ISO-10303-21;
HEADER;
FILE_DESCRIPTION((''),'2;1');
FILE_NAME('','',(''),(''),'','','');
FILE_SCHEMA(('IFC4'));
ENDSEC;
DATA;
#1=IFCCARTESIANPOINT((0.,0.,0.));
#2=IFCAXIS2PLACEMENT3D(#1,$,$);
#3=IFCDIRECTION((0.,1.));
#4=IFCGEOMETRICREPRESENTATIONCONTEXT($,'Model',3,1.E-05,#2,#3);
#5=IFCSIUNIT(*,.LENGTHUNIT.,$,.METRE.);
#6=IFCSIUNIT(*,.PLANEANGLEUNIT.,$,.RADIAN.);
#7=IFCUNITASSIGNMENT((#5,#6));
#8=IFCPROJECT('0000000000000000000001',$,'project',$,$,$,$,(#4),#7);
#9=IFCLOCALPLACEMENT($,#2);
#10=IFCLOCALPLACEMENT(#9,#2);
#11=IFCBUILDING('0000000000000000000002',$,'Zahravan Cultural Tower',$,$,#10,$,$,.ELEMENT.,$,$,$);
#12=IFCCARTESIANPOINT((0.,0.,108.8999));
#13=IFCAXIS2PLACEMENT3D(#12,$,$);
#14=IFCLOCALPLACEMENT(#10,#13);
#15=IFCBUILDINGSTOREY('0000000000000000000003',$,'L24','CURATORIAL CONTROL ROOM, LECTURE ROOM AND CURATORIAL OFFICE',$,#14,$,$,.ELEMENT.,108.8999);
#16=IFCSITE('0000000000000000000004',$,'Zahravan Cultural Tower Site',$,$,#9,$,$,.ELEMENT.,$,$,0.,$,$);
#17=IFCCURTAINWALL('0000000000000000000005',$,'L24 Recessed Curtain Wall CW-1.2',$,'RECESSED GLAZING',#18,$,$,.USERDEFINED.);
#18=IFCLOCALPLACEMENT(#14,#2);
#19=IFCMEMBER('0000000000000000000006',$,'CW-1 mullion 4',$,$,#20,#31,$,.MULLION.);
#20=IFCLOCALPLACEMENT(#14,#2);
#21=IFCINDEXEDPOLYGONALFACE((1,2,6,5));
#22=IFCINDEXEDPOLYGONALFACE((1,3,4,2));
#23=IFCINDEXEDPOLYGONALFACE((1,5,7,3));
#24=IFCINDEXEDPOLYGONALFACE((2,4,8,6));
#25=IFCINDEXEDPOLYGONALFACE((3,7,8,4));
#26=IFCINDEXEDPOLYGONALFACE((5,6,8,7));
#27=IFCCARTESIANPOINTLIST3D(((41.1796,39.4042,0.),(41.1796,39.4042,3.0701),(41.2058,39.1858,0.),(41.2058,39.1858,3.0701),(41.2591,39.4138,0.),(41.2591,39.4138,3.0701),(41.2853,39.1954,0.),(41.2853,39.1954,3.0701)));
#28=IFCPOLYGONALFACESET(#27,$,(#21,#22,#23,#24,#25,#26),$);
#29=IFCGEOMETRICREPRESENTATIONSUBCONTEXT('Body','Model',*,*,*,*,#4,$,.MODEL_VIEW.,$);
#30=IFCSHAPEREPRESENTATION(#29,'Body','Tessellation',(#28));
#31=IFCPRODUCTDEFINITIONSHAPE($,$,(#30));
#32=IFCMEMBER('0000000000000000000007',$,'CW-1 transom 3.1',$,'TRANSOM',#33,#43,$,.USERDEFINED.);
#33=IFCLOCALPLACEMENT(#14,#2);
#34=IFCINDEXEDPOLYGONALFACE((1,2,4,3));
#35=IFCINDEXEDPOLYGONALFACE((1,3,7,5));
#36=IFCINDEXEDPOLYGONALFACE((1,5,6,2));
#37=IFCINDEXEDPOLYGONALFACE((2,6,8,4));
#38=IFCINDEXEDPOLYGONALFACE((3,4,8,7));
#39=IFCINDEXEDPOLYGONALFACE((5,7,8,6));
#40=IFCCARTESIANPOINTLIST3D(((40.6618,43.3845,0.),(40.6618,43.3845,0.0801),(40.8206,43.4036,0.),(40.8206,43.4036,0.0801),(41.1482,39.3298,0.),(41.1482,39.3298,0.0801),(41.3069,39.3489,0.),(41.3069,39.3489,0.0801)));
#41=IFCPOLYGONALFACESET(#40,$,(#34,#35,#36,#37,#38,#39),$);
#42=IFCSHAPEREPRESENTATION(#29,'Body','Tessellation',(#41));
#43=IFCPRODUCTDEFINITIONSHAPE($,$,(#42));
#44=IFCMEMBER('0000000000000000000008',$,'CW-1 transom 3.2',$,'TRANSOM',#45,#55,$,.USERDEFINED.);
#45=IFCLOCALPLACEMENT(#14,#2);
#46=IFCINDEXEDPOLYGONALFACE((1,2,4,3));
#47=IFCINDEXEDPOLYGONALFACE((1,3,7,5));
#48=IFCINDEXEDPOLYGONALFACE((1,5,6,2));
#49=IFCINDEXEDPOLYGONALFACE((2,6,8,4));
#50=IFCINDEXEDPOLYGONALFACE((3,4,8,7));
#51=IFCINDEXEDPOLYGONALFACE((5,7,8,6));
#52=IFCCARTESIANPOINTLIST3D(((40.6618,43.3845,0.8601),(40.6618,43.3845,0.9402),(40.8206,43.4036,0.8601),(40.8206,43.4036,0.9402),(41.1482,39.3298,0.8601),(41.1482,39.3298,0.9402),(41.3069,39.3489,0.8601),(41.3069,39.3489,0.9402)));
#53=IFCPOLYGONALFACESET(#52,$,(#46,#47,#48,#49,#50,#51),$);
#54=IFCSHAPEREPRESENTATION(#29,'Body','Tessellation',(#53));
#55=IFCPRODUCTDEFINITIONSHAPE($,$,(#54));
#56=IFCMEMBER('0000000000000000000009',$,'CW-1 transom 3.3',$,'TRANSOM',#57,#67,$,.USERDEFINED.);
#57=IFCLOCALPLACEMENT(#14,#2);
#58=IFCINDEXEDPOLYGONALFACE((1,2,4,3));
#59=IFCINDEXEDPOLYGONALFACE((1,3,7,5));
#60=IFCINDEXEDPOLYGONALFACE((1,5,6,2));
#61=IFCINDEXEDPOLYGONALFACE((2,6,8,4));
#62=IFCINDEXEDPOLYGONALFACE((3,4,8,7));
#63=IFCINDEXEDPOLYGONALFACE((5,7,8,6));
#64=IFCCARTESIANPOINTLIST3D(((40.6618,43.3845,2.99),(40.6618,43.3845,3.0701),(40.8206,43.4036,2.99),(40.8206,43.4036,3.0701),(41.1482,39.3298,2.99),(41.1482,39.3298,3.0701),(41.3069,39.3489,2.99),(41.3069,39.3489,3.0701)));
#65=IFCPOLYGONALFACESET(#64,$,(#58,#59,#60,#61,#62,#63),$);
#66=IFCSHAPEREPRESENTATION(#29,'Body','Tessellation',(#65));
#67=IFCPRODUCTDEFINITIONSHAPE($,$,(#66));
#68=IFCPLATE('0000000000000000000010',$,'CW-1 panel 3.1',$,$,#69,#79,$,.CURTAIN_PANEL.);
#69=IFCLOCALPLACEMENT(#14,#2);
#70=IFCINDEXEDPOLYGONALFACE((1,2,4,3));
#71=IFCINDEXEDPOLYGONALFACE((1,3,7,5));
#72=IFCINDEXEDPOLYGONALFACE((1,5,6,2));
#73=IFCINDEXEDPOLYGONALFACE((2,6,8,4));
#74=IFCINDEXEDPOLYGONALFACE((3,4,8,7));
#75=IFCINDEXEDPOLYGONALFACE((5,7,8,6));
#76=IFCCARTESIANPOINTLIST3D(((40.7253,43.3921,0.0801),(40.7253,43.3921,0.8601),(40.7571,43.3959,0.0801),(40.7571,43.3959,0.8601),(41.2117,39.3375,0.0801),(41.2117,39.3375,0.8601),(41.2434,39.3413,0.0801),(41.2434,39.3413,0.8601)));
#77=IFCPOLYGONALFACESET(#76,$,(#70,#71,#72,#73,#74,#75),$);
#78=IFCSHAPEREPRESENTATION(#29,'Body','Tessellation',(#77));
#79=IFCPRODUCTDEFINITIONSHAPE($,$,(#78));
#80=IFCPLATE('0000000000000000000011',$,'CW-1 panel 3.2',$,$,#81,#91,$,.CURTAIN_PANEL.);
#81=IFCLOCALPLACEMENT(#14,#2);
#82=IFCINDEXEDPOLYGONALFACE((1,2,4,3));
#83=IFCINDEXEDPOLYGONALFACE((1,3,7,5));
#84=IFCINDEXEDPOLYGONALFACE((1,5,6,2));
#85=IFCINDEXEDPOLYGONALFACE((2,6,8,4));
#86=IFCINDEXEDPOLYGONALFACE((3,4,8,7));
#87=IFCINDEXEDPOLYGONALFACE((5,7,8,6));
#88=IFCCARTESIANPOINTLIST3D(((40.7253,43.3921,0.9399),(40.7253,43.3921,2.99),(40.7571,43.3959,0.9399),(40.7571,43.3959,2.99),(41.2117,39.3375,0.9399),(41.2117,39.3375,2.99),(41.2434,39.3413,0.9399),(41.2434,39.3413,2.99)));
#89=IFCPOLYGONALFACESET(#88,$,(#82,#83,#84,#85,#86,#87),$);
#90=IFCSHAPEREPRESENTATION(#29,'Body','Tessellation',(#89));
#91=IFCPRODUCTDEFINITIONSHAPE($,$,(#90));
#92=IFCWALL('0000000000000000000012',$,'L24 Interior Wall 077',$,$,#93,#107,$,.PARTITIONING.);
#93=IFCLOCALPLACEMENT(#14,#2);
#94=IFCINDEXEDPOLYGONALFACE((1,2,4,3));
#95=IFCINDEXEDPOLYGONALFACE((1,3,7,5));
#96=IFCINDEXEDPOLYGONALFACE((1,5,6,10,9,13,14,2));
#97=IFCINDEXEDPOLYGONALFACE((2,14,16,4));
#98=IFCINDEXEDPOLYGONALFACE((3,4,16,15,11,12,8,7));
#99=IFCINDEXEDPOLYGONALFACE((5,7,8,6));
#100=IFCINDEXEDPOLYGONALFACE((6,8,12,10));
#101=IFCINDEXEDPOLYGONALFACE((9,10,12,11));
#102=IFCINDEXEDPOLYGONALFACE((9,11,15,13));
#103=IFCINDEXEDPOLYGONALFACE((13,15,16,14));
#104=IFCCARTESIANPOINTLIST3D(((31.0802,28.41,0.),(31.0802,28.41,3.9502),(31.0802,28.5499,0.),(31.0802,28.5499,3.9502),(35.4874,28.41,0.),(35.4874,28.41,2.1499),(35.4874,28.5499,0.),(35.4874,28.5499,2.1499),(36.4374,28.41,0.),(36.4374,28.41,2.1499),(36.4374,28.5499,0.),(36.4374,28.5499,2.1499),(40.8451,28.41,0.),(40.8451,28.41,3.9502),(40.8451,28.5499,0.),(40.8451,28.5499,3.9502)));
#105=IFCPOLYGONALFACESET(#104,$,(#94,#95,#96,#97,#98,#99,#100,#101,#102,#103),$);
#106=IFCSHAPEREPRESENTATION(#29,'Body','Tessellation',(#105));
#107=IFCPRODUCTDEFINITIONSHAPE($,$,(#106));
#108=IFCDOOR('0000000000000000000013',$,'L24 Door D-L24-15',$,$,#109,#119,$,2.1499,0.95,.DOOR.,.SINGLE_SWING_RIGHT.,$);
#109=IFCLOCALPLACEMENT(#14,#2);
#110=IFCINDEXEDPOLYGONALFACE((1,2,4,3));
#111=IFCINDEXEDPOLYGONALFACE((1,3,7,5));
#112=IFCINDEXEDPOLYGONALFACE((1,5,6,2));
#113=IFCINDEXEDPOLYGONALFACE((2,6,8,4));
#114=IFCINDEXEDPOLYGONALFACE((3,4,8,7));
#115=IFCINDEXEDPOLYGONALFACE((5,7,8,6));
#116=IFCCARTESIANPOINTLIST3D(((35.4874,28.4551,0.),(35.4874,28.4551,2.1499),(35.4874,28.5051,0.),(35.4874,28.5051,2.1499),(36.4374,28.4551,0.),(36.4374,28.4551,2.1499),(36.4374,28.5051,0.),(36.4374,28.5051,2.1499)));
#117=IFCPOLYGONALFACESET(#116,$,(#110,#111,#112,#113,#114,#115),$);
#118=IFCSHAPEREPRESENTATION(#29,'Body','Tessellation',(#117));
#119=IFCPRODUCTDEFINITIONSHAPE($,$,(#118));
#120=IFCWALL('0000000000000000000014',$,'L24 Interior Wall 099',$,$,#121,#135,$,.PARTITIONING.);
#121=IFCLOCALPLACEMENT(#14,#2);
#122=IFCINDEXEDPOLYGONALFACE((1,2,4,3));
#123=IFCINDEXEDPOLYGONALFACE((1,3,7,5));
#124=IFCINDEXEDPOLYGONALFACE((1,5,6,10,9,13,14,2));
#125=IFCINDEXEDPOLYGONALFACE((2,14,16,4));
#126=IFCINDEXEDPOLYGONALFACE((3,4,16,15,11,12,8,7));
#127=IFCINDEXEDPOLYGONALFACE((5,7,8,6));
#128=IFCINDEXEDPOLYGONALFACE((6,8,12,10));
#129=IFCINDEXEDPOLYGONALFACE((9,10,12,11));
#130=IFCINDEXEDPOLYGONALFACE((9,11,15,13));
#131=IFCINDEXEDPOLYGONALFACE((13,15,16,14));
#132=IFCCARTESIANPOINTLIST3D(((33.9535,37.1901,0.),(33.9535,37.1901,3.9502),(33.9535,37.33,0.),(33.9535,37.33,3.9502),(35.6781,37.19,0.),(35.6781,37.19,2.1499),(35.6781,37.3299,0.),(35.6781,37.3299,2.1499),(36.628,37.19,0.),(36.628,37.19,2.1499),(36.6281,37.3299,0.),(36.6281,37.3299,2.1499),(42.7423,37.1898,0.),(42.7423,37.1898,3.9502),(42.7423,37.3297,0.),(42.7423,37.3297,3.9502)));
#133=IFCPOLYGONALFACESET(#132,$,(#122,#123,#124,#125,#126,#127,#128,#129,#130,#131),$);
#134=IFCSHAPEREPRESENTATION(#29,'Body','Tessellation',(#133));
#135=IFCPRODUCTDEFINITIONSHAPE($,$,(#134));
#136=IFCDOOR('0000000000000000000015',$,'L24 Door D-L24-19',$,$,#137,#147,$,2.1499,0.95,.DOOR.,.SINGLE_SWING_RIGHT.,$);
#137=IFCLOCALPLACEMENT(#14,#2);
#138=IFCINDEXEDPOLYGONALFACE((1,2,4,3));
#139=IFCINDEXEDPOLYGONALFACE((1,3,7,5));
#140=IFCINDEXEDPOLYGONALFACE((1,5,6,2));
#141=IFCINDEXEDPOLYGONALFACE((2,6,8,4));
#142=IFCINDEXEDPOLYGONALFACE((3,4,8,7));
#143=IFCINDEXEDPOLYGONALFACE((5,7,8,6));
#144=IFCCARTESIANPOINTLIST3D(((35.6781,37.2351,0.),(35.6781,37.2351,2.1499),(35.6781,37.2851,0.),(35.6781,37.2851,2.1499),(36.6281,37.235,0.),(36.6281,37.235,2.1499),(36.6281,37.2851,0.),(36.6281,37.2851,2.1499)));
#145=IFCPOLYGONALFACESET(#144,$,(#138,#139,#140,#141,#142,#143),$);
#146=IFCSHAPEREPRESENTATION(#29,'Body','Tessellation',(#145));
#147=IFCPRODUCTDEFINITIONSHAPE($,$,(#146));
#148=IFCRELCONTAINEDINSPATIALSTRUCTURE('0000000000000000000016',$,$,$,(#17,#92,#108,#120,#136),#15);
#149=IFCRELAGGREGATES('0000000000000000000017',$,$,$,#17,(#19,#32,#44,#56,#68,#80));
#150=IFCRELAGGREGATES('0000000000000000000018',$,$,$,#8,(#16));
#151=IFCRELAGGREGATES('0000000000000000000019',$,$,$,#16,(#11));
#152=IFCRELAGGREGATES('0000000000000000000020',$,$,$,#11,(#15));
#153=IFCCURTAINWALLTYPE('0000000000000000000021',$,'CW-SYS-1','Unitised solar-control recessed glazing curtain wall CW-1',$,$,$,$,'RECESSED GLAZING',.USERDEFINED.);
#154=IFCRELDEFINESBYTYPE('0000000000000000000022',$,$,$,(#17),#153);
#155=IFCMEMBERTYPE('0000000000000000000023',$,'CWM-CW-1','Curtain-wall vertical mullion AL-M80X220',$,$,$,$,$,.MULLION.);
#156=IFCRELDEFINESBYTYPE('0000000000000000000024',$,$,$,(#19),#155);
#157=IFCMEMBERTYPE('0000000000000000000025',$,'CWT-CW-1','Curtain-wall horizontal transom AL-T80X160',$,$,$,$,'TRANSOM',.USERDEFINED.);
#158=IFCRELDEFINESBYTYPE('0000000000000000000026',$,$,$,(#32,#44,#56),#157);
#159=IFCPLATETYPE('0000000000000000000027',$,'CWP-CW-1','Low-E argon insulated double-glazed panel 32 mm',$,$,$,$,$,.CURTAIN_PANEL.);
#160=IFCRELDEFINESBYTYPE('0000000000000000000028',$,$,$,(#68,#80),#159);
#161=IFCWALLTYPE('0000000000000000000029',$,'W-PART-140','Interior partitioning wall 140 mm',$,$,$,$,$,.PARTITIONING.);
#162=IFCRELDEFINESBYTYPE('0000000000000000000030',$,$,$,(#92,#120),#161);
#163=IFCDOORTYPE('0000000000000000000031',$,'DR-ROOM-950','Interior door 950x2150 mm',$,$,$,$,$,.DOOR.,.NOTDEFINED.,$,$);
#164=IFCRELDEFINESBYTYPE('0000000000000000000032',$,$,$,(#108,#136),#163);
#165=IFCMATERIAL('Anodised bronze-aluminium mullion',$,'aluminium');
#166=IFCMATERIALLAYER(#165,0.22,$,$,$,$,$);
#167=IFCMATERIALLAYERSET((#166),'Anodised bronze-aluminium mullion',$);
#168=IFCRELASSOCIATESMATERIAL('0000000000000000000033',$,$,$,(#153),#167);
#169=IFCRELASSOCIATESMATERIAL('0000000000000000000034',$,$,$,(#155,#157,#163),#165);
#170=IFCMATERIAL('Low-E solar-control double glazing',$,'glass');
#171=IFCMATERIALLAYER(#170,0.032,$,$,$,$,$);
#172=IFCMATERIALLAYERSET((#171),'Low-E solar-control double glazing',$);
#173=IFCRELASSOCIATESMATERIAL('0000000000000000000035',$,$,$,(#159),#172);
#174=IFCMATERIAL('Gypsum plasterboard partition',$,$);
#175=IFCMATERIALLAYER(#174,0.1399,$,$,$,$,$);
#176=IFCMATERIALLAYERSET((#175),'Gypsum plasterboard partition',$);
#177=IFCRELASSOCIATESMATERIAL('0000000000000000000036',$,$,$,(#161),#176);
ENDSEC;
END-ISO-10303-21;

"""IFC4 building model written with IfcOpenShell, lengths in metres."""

from ifc_helpers import new_model, si_unit, direction, frame, frame_2d, origin, origin_2d, place, context, subcontext, project, spatial, rectangle, extrude, source, transform, mapped, material, layer, layer_set, material_profile, profile_set, type_object, element, fill, aggregate, save


model = new_model("IFC4")

# Units and contexts
model_context = context("Model", 3, precision=1e-05, world=origin(), true_north=direction((0.0, 1.0)))
body_context = subcontext(model_context, "Body", "Model", "MODEL_VIEW")
ifc_project = project(units=[si_unit("LENGTHUNIT", "METRE"), si_unit("PLANEANGLEUNIT", "RADIAN")], contexts=[model_context])

# Site, building, storey
site_placement = place(None, origin())
site = spatial("IfcSite", under=ifc_project, at=site_placement, Name="Zahravan Cultural Tower Site", CompositionType="ELEMENT", RefElevation=0.0)
building_placement = place(site_placement, origin())
building = spatial("IfcBuilding", under=site, at=building_placement, Name="Zahravan Cultural Tower", CompositionType="ELEMENT")
storey_placement = place(building_placement, frame((0.0, 0.0, 108.8999)))
storey = spatial("IfcBuildingStorey", under=building, at=storey_placement, Name="L24", Description="CURATORIAL CONTROL ROOM, LECTURE ROOM AND CURATORIAL OFFICE", CompositionType="ELEMENT", Elevation=108.8999)

# Curtain wall, members, plates
ifc_material_1 = material(Name="Anodised bronze-aluminium mullion", Category="aluminium")
ifc_layer_1 = layer(ifc_material_1, 0.22)
ifc_layer_set_1 = layer_set([ifc_layer_1], Name="Anodised bronze-aluminium mullion")
curtain_wall_type = type_object("IfcCurtainWallType", Name="CW-SYS-1", Description="Unitised solar-control recessed glazing curtain wall CW-1", ElementType="RECESSED GLAZING", PredefinedType="USERDEFINED", material=ifc_layer_set_1)
curtain_wall_placement = place(storey_placement, origin())
curtain_wall = element("IfcCurtainWall", 1, at=curtain_wall_placement, inside=storey, type_object=curtain_wall_type, Name="L24 Recessed Curtain Wall CW-1.2", ObjectType="RECESSED GLAZING", PredefinedType="USERDEFINED")
ifc_material_profile_1 = material_profile(ifc_material_1, rectangle(XDim=0.0801, YDim=0.22, at=origin_2d()), Name="AL-M80X220")
ifc_profile_set_1 = profile_set([ifc_material_profile_1], Name="Anodised bronze-aluminium mullion")
member_type_1 = type_object("IfcMemberType", Name="CWM-CW-1", Description="Curtain-wall vertical mullion AL-M80X220", PredefinedType="MULLION", material=ifc_profile_set_1)
shared_shape_1 = source(origin(), body_context, "Body", "SweptSolid", [
    extrude(rectangle(XDim=0.0801, YDim=0.22, at=origin_2d()), origin(), (0.0, 0.0, 1.0), 3.0701),
])
member_1_placement = place(storey_placement, frame((41.2324, 39.2998, 0.0), z_axis=(0.0, 0.0, 1.0), x_axis=(0.992883, 0.119095, 0.0)))
member_1 = element("IfcMember", 2, at=member_1_placement, type_object=member_type_1, Name="CW-1 mullion 4", PredefinedType="MULLION", context=body_context, shape_type="MappedRepresentation", body=[
    mapped(shared_shape_1, transform((0.0, 0.0, 0.0), x_axis=(1.0, 0.0, 0.0), y_axis=(0.0, 1.0, 0.0), z_axis=(0.0, 0.0, 1.0), scale=1.0)),
])
ifc_material_profile_2 = material_profile(ifc_material_1, rectangle(XDim=0.1599, YDim=0.0801, at=origin_2d()), Name="AL-T80X160")
ifc_profile_set_2 = profile_set([ifc_material_profile_2], Name="Anodised bronze-aluminium mullion")
member_type_2 = type_object("IfcMemberType", Name="CWT-CW-1", Description="Curtain-wall horizontal transom AL-T80X160", ElementType="TRANSOM", PredefinedType="USERDEFINED", material=ifc_profile_set_2)
shared_shape_2 = source(origin(), body_context, "Body", "SweptSolid", [
    extrude(rectangle(XDim=0.1599, YDim=0.0801, at=origin_2d()), origin(), (0.0, 0.0, 1.0), 4.0837),
])
member_2_placement = place(storey_placement, frame((40.7412, 43.394, 0.04), z_axis=(0.119089, -0.992884, 0.0), x_axis=(0.992884, 0.119089, 0.0)))
member_2 = element("IfcMember", 3, at=member_2_placement, type_object=member_type_2, Name="CW-1 transom 3.1", ObjectType="TRANSOM", PredefinedType="USERDEFINED", context=body_context, shape_type="MappedRepresentation", body=[
    mapped(shared_shape_2, transform((0.0, 0.0, 0.0), x_axis=(1.0, 0.0, 0.0), y_axis=(0.0, 1.0, 0.0), z_axis=(0.0, 0.0, 1.0), scale=1.0)),
])
member_3_placement = place(storey_placement, frame((40.7412, 43.394, 0.9001), z_axis=(0.119089, -0.992884, 0.0), x_axis=(0.992884, 0.119089, 0.0)))
member_3 = element("IfcMember", 4, at=member_3_placement, type_object=member_type_2, Name="CW-1 transom 3.2", ObjectType="TRANSOM", PredefinedType="USERDEFINED", context=body_context, shape_type="MappedRepresentation", body=[
    mapped(shared_shape_2, transform((0.0, 0.0, 0.0), x_axis=(1.0, 0.0, 0.0), y_axis=(0.0, 1.0, 0.0), z_axis=(0.0, 0.0, 1.0), scale=1.0)),
])
member_4_placement = place(storey_placement, frame((40.7412, 43.394, 3.03), z_axis=(0.119089, -0.992884, 0.0), x_axis=(0.992884, 0.119089, 0.0)))
member_4 = element("IfcMember", 5, at=member_4_placement, type_object=member_type_2, Name="CW-1 transom 3.3", ObjectType="TRANSOM", PredefinedType="USERDEFINED", context=body_context, shape_type="MappedRepresentation", body=[
    mapped(shared_shape_2, transform((0.0, 0.0, 0.0), x_axis=(1.0, 0.0, 0.0), y_axis=(0.0, 1.0, 0.0), z_axis=(0.0, 0.0, 1.0), scale=1.0)),
])
ifc_material_2 = material(Name="Low-E solar-control double glazing", Category="glass")
ifc_layer_2 = layer(ifc_material_2, 0.032)
ifc_layer_set_2 = layer_set([ifc_layer_2], Name="Low-E solar-control double glazing")
plate_type = type_object("IfcPlateType", Name="CWP-CW-1", Description="Low-E argon insulated double-glazed panel 32 mm", PredefinedType="CURTAIN_PANEL", material=ifc_layer_set_2)
shared_shape_3 = source(origin(), body_context, "Body", "SweptSolid", [
    extrude(rectangle(XDim=4.0837, YDim=0.032, at=origin_2d()), origin(), (0.0, 0.0, 1.0), 0.78),
])
plate_1_placement = place(storey_placement, frame((40.9844, 41.3667, 0.0801), z_axis=(0.0, 0.0, 1.0), x_axis=(0.119095, -0.992883, 0.0)))
plate_1 = element("IfcPlate", 6, at=plate_1_placement, type_object=plate_type, Name="CW-1 panel 3.1", PredefinedType="CURTAIN_PANEL", context=body_context, shape_type="MappedRepresentation", body=[
    mapped(shared_shape_3, transform((0.0, 0.0, 0.0), x_axis=(1.0, 0.0, 0.0), y_axis=(0.0, 1.0, 0.0), z_axis=(0.0, 0.0, 1.0), scale=1.0)),
])
shared_shape_4 = source(origin(), body_context, "Body", "SweptSolid", [
    extrude(rectangle(XDim=4.0837, YDim=0.032, at=origin_2d()), origin(), (0.0, 0.0, 1.0), 2.05),
])
plate_2_placement = place(storey_placement, frame((40.9844, 41.3667, 0.9399), z_axis=(0.0, 0.0, 1.0), x_axis=(0.119095, -0.992883, 0.0)))
plate_2 = element("IfcPlate", 7, at=plate_2_placement, type_object=plate_type, Name="CW-1 panel 3.2", PredefinedType="CURTAIN_PANEL", context=body_context, shape_type="MappedRepresentation", body=[
    mapped(shared_shape_4, transform((0.0, 0.0, 0.0), x_axis=(1.0, 0.0, 0.0), y_axis=(0.0, 1.0, 0.0), z_axis=(0.0, 0.0, 1.0), scale=1.0)),
])
aggregate(curtain_wall, [member_1, member_2, member_3, member_4, plate_1, plate_2])

# Walls, openings, doors
ifc_material_3 = material(Name="Gypsum plasterboard partition")
ifc_layer_3 = layer(ifc_material_3, 0.1399)
ifc_layer_set_3 = layer_set([ifc_layer_3], Name="Gypsum plasterboard partition")
wall_type_1 = type_object("IfcWallType", Name="W-PART-140", Description="Interior partitioning wall 140 mm", PredefinedType="PARTITIONING", material=ifc_layer_set_3)
wall_1_placement = place(storey_placement, frame((40.845, 28.48, 0.0), z_axis=(0.0, 0.0, 1.0), x_axis=(-1.0, 0.0, 0.0)))
wall_1 = element("IfcWall", 8, at=wall_1_placement, inside=storey, type_object=wall_type_1, Name="L24 Interior Wall 077", PredefinedType="PARTITIONING", context=body_context, shape_type="SweptSolid", body=[
    extrude(rectangle(XDim=9.7649, YDim=0.1399, at=frame_2d((4.8823, 0.0))), origin(), (0.0, 0.0, 1.0), 3.9502),
])
opening_1_placement = place(wall_1_placement, frame((4.4075, 0.0, 0.0)))
opening_1 = element("IfcOpeningElement", 9, at=opening_1_placement, cuts=wall_1, PredefinedType="OPENING", context=body_context, shape_type="SweptSolid", body=[
    extrude(rectangle(XDim=0.95, YDim=2.1499, at=frame_2d((0.4751, 1.075))), frame((0.0, 0.0798, 0.0), z_axis=(0.0, -1.0, 0.0), x_axis=(1.0, 0.0, 0.0)), (0.0, 0.0, 1.0), 0.1599),
])
door_type_1 = type_object("IfcDoorType", Name="DR-ROOM-950", Description="Interior door 950x2150 mm", OperationType="NOTDEFINED", PredefinedType="DOOR", material=ifc_material_1)
shared_shape_5 = source(origin(), body_context, "Body", "SweptSolid", [
    extrude(rectangle(XDim=0.95, YDim=2.1499, at=frame_2d((0.4751, 1.075))), frame((0.0, 0.0249, 0.0), z_axis=(0.0, -1.0, 0.0), x_axis=(1.0, 0.0, 0.0)), (0.0, 0.0, 1.0), 0.05),
])
door_1_placement = place(opening_1_placement, origin())
door_1 = element("IfcDoor", 10, at=door_1_placement, inside=storey, type_object=door_type_1, Name="L24 Door D-L24-15", OperationType="SINGLE_SWING_RIGHT", OverallHeight=2.1499, OverallWidth=0.95, PredefinedType="DOOR", context=body_context, shape_type="MappedRepresentation", body=[
    mapped(shared_shape_5, transform((0.0, 0.0, 0.0), x_axis=(1.0, 0.0, 0.0), y_axis=(0.0, 1.0, 0.0), z_axis=(0.0, 0.0, 1.0), scale=1.0)),
])
fill(opening_1, door_1)
wall_2_placement = place(storey_placement, frame((42.7424, 37.2598, 0.0), z_axis=(0.0, 0.0, 1.0), x_axis=(-1.0, 0.000028, 0.0)))
wall_2 = element("IfcWall", 11, at=wall_2_placement, inside=storey, type_object=wall_type_1, Name="L24 Interior Wall 099", PredefinedType="PARTITIONING", context=body_context, shape_type="SweptSolid", body=[
    extrude(rectangle(XDim=8.7888, YDim=0.1399, at=frame_2d((4.3945, 0.0))), origin(), (0.0, 0.0, 1.0), 3.9502),
])
opening_2_placement = place(wall_2_placement, frame((6.1143, 0.0, 0.0)))
opening_2 = element("IfcOpeningElement", 12, at=opening_2_placement, cuts=wall_2, PredefinedType="OPENING", context=body_context, shape_type="SweptSolid", body=[
    extrude(rectangle(XDim=0.95, YDim=2.1499, at=frame_2d((0.4751, 1.075))), frame((0.0, 0.0798, 0.0), z_axis=(0.0, -1.0, 0.0), x_axis=(1.0, 0.0, 0.0)), (0.0, 0.0, 1.0), 0.1599),
])
door_2_placement = place(opening_2_placement, origin())
door_2 = element("IfcDoor", 13, at=door_2_placement, inside=storey, type_object=door_type_1, Name="L24 Door D-L24-19", OperationType="SINGLE_SWING_RIGHT", OverallHeight=2.1499, OverallWidth=0.95, PredefinedType="DOOR", context=body_context, shape_type="MappedRepresentation", body=[
    mapped(shared_shape_5, transform((0.0, 0.0, 0.0), x_axis=(1.0, 0.0, 0.0), y_axis=(0.0, 1.0, 0.0), z_axis=(0.0, 0.0, 1.0), scale=1.0)),
])
fill(opening_2, door_2)

save(model, "model.ifc")
